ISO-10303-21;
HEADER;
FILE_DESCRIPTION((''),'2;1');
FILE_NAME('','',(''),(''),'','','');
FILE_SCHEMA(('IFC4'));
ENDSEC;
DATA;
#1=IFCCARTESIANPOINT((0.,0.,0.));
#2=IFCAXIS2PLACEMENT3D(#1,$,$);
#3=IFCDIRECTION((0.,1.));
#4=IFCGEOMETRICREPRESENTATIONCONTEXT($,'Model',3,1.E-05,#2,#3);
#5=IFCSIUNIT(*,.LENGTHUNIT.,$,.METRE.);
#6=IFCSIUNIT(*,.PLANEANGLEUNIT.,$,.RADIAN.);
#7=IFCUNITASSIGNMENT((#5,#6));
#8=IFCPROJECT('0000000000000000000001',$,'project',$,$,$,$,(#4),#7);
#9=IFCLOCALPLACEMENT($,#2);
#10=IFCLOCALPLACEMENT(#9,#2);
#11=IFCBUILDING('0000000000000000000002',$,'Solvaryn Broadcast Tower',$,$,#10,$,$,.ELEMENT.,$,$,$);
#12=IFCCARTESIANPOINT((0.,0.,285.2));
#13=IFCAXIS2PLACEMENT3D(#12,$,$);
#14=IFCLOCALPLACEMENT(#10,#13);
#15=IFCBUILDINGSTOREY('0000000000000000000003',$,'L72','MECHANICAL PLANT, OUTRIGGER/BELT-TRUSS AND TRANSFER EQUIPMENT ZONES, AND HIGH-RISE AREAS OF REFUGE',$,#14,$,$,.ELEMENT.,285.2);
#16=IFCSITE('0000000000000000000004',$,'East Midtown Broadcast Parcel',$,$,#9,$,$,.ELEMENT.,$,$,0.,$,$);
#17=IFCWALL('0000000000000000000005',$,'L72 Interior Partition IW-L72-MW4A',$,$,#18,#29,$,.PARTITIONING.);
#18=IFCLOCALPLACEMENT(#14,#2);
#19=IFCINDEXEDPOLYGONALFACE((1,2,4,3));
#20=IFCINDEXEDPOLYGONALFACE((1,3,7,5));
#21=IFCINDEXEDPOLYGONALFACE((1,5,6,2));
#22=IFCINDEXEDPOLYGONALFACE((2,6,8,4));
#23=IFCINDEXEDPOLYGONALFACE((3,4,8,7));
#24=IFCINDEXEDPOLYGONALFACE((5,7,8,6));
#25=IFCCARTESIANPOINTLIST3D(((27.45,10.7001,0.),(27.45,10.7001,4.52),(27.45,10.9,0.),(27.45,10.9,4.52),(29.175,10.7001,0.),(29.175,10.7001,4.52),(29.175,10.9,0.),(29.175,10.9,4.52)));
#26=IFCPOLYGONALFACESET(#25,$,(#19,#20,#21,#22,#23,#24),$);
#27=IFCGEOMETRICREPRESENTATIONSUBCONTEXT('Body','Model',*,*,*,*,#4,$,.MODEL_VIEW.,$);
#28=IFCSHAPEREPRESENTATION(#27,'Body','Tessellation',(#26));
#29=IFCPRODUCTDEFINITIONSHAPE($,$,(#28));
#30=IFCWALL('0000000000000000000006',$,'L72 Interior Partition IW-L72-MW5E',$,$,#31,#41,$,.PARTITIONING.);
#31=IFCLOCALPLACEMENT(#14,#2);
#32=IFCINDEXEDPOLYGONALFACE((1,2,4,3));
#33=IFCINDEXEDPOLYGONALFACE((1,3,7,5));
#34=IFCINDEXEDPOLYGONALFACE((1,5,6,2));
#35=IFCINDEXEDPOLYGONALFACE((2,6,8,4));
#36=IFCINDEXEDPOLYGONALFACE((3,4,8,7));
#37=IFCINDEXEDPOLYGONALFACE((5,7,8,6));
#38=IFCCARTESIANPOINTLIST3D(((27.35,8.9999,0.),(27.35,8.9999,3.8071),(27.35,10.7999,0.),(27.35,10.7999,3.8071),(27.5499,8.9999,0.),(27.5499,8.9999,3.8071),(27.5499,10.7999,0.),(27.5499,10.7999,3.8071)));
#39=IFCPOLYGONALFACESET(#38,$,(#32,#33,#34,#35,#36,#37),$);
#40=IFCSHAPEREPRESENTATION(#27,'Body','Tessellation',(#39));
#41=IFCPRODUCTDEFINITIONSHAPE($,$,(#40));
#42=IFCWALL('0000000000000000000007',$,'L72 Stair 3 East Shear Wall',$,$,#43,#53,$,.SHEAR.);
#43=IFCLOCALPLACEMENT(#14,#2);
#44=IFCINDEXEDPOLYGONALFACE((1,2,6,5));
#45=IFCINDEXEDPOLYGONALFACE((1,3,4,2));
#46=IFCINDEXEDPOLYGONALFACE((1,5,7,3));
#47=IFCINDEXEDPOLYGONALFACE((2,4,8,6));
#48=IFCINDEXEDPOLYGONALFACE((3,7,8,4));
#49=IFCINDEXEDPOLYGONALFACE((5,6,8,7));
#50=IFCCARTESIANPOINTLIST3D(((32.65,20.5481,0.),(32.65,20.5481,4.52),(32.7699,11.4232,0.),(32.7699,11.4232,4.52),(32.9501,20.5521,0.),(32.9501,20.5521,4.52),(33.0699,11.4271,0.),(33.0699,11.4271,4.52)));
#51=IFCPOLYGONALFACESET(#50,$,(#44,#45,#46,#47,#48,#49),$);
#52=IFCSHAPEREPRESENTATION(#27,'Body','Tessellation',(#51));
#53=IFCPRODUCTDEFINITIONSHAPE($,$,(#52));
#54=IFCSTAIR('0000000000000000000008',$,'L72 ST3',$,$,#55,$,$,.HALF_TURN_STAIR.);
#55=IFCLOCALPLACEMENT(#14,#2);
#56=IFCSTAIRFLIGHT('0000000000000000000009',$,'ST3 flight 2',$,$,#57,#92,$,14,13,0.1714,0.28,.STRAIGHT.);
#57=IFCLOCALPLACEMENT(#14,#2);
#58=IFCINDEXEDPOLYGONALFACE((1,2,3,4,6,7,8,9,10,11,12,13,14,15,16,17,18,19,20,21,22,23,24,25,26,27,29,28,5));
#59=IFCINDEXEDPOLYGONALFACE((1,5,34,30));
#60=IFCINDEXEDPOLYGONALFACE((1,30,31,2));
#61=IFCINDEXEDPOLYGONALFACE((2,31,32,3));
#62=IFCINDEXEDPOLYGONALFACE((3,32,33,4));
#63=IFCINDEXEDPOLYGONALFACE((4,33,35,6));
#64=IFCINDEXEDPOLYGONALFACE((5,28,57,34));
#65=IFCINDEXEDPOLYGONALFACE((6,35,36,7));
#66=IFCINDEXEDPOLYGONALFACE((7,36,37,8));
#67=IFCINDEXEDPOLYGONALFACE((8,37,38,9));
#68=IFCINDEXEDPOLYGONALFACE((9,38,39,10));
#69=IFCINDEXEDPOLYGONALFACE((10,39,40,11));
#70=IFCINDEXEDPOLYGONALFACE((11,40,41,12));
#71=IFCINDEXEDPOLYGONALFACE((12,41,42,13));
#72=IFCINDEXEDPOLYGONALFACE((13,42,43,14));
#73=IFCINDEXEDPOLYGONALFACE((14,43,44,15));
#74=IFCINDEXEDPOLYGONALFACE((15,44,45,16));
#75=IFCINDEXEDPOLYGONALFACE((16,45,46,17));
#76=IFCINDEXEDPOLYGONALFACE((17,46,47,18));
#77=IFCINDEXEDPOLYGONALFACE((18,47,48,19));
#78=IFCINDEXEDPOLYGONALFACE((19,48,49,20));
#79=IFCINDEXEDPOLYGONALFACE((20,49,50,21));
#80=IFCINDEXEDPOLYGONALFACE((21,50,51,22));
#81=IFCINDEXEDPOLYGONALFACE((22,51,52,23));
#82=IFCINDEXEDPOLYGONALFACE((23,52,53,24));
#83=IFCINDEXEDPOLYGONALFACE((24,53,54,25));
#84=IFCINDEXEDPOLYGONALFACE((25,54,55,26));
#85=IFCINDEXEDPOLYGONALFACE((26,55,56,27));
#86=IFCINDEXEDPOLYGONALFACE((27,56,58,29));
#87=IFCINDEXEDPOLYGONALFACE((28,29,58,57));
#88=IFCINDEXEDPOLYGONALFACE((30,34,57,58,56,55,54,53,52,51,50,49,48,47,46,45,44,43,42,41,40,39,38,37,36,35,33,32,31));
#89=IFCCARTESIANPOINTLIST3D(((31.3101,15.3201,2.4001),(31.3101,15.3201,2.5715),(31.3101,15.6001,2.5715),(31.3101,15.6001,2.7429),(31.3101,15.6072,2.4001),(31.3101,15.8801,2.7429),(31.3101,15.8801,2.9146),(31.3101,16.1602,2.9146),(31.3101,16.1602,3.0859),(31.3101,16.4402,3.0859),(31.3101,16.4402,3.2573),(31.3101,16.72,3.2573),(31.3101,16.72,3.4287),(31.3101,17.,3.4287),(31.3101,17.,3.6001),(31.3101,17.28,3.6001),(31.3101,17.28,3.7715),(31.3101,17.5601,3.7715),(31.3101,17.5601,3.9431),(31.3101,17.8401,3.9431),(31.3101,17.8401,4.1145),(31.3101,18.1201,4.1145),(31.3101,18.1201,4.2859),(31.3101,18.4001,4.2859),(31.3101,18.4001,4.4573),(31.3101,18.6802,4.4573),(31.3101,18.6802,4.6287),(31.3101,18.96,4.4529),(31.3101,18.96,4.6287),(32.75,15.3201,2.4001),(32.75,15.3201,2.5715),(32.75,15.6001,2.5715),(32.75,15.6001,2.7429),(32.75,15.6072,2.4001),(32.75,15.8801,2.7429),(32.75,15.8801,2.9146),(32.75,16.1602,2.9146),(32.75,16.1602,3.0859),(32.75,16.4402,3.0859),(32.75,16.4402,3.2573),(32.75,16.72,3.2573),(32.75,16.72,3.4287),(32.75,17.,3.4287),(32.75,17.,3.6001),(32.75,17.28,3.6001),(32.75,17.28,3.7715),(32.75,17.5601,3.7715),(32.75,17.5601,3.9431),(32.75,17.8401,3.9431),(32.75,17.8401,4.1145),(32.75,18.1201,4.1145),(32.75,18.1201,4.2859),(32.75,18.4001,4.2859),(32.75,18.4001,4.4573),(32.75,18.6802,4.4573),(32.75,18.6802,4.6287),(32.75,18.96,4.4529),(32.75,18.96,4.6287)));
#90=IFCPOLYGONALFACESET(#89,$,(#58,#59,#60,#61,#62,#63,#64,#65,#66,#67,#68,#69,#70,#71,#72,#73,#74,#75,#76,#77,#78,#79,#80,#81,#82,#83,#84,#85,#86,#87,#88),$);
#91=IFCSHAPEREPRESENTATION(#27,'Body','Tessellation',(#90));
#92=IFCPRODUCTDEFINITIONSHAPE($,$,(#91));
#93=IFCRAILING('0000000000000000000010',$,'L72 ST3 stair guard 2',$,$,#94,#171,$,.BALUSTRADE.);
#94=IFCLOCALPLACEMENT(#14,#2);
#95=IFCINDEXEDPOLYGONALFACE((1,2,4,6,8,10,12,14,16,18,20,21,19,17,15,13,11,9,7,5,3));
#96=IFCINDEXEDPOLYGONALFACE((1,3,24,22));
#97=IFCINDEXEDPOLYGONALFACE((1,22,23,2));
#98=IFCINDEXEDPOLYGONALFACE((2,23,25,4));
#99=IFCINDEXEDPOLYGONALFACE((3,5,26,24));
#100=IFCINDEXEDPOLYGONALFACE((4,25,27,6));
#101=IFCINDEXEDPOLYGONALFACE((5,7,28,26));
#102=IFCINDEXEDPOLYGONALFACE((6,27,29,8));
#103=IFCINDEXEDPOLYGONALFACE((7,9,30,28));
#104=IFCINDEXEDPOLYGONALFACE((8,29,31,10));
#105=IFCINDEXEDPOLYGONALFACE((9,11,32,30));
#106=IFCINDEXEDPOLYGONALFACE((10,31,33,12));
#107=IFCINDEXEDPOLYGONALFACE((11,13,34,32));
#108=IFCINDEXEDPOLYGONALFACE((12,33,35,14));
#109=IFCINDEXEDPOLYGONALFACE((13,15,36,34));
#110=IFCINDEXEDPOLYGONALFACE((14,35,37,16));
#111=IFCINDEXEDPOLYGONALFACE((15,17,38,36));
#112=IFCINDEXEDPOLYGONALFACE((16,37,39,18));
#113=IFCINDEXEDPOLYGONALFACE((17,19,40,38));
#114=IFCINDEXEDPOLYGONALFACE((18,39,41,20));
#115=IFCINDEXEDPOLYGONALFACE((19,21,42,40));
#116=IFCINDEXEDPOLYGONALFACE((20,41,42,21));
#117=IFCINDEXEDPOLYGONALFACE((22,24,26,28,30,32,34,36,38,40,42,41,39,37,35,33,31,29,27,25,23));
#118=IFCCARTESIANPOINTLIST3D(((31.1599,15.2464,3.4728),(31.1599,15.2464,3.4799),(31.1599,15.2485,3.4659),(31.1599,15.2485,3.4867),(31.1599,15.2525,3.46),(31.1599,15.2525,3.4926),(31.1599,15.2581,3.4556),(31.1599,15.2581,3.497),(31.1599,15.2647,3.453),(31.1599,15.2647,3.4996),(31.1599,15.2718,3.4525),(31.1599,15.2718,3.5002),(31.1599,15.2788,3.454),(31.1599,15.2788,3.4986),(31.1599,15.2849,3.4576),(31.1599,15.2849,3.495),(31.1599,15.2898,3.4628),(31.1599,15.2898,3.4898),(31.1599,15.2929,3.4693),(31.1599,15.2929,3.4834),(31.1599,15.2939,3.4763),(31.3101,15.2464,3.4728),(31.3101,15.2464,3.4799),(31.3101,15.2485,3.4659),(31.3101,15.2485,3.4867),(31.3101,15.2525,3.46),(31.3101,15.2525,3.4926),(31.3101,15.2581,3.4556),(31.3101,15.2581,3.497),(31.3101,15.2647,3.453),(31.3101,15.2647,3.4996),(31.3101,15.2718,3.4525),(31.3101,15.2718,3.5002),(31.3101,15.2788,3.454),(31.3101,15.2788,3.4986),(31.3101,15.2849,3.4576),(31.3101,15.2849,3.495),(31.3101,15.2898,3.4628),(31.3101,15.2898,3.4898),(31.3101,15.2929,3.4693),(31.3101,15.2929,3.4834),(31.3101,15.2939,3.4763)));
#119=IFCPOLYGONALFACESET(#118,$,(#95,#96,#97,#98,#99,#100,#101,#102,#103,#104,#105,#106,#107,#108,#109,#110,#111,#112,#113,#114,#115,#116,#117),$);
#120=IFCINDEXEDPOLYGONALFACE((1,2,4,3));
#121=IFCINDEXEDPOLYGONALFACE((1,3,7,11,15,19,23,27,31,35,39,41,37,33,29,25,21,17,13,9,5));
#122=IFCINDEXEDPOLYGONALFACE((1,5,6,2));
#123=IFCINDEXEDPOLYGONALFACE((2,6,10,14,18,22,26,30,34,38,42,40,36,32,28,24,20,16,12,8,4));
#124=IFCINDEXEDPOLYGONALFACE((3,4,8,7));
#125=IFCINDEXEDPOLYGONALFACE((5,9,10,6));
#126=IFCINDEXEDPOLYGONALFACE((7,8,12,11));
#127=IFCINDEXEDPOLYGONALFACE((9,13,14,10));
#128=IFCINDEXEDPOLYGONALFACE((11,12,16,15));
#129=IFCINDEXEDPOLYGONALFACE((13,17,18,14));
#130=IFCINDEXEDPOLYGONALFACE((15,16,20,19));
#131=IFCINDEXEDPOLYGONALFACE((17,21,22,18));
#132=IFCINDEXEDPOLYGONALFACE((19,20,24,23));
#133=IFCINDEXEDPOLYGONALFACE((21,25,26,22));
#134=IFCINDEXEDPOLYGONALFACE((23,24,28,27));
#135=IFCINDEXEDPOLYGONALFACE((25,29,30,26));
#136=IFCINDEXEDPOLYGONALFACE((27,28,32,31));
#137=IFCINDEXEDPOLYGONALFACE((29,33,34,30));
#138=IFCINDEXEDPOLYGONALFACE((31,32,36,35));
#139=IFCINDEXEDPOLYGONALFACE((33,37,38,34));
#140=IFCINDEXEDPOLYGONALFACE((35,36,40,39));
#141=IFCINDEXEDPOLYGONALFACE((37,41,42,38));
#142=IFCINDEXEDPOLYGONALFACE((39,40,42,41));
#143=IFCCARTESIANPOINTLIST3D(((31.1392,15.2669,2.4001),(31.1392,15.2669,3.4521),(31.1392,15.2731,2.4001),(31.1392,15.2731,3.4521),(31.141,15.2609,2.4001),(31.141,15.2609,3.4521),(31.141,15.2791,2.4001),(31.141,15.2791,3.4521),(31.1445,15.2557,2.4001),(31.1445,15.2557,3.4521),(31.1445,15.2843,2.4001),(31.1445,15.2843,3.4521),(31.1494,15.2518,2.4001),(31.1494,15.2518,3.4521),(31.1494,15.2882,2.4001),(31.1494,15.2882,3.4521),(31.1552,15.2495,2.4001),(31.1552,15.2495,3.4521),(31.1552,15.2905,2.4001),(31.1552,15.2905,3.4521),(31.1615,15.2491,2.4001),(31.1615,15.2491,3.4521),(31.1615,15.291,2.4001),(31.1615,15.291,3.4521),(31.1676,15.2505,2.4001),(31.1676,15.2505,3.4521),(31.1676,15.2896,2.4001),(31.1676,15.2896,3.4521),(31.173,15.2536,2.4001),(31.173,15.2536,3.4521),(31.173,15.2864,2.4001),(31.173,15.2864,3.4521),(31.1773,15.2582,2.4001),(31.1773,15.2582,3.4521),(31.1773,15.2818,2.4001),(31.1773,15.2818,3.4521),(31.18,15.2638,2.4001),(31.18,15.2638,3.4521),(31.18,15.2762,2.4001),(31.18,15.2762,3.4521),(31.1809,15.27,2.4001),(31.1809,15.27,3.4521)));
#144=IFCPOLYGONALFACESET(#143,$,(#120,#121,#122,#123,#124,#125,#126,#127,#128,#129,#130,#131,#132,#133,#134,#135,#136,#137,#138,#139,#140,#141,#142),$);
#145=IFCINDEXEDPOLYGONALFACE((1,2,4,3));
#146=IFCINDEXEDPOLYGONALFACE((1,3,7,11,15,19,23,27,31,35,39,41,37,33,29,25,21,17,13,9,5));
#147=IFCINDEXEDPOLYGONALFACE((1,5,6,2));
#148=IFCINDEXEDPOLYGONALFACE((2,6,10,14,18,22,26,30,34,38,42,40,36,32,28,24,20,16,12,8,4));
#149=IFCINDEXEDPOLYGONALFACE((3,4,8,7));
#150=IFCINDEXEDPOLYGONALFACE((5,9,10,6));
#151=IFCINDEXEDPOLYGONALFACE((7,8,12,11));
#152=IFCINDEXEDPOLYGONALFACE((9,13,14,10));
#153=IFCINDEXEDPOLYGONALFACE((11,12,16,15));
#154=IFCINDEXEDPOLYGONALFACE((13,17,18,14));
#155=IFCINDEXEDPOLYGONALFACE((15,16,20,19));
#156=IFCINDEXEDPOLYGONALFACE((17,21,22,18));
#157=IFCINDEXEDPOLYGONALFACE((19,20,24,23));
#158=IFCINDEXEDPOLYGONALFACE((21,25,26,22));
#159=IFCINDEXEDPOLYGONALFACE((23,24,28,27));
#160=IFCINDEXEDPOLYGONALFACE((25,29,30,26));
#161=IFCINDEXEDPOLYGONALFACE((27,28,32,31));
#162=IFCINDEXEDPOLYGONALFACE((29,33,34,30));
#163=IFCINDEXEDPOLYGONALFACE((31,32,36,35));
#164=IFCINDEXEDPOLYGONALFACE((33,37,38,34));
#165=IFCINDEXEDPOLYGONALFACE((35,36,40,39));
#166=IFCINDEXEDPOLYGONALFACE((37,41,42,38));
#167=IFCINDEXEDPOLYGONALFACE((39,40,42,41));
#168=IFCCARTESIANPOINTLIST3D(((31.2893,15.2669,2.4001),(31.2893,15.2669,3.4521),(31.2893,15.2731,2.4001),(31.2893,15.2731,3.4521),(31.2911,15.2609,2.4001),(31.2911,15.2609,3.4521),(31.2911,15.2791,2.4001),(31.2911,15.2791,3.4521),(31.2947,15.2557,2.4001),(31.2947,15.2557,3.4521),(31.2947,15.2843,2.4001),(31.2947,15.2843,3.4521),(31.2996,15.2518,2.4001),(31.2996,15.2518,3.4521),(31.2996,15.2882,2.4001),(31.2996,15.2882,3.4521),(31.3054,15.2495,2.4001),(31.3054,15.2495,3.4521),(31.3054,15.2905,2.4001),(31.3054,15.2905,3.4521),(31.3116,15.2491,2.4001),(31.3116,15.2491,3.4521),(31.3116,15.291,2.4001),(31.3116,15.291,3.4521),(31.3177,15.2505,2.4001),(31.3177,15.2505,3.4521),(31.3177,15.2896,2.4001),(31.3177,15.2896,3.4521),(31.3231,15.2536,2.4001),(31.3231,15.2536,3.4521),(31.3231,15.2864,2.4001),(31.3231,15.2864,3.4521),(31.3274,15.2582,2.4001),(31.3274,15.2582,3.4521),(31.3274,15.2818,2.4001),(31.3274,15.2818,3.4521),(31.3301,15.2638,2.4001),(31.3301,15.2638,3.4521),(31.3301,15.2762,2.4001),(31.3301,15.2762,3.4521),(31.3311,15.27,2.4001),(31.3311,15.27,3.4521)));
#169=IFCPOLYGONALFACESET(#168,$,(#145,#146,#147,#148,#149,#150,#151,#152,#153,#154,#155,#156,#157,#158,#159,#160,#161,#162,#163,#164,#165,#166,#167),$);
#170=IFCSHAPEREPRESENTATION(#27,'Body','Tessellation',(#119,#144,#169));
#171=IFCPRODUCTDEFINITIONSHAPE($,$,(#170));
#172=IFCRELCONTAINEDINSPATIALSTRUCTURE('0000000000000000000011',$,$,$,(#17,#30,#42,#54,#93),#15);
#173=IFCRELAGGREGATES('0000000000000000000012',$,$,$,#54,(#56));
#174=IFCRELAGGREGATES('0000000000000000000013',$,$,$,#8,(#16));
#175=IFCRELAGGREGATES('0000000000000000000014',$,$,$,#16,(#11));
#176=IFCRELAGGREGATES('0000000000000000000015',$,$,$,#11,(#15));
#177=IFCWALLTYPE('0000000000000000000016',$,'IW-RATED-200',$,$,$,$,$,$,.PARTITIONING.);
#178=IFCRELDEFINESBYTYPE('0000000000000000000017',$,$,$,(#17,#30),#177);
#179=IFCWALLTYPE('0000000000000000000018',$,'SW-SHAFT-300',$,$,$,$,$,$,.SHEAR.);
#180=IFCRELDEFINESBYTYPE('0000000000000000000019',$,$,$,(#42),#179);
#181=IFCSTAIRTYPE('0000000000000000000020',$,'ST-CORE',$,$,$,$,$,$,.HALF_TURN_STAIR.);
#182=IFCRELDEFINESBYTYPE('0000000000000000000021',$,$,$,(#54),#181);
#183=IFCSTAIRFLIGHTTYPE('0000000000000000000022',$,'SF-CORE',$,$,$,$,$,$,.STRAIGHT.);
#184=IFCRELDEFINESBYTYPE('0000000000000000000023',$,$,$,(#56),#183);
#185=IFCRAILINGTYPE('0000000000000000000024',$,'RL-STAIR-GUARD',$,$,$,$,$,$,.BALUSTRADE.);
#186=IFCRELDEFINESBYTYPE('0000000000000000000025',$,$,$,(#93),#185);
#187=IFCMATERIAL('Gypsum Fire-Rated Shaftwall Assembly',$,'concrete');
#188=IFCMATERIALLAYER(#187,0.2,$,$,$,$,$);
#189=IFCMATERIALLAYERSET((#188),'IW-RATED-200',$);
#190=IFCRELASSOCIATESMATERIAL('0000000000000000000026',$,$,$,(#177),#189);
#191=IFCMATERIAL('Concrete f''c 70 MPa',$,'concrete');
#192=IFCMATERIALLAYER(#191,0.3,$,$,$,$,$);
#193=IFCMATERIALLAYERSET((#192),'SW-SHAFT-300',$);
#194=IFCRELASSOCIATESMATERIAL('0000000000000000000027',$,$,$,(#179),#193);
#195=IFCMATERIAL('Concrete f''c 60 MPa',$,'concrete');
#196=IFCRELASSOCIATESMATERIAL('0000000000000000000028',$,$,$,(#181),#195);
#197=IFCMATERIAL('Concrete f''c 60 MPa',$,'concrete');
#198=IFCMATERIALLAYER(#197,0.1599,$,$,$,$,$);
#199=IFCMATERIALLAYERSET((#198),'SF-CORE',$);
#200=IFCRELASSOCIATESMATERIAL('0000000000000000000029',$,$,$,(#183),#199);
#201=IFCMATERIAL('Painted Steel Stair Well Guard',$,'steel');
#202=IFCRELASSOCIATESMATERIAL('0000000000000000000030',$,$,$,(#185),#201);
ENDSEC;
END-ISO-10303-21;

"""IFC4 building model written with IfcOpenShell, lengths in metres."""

from ifc_helpers import new_model, si_unit, direction, frame, frame_2d, origin, origin_2d, place, context, subcontext, project, spatial, polyline, rectangle, circle, outline, extrude, material, layer, layer_set, type_object, element, aggregate, save


model = new_model("IFC4")

# Units and contexts
model_context = context("Model", 3, precision=1e-05, world=origin(), true_north=direction((0.0, 1.0)))
body_context = subcontext(model_context, "Body", "Model", "MODEL_VIEW")
ifc_project = project(units=[si_unit("LENGTHUNIT", "METRE"), si_unit("PLANEANGLEUNIT", "RADIAN")], contexts=[model_context])

# Site, building, storey
site_placement = place(None, origin())
site = spatial("IfcSite", under=ifc_project, at=site_placement, Name="East Midtown Broadcast Parcel", CompositionType="ELEMENT", RefElevation=0.0)
building_placement = place(site_placement, origin())
building = spatial("IfcBuilding", under=site, at=building_placement, Name="Solvaryn Broadcast Tower", CompositionType="ELEMENT")
storey_placement = place(building_placement, frame((0.0, 0.0, 285.2)))
storey = spatial("IfcBuildingStorey", under=building, at=storey_placement, Name="L72", Description="MECHANICAL PLANT, OUTRIGGER/BELT-TRUSS AND TRANSFER EQUIPMENT ZONES, AND HIGH-RISE AREAS OF REFUGE", CompositionType="ELEMENT", Elevation=285.2)

# Walls
ifc_material_1 = material(Name="Gypsum Fire-Rated Shaftwall Assembly", Category="concrete")
ifc_layer_1 = layer(ifc_material_1, 0.2)
ifc_layer_set_1 = layer_set([ifc_layer_1], Name="IW-RATED-200")
wall_type_1 = type_object("IfcWallType", Name="IW-RATED-200", PredefinedType="PARTITIONING", material=ifc_layer_set_1)
wall_1_placement = place(storey_placement, frame((27.45, 10.8, 0.0), z_axis=(0.0, 0.0, 1.0), x_axis=(1.0, 0.0, 0.0)))
element("IfcWall", 1, at=wall_1_placement, inside=storey, type_object=wall_type_1, Name="L72 Interior Partition IW-L72-MW4A", PredefinedType="PARTITIONING", context=body_context, shape_type="SweptSolid", body=[
    extrude(rectangle(XDim=1.7251, YDim=0.2, at=frame_2d((0.8625, 0.0))), origin(), (0.0, 0.0, 1.0), 4.52),
])
wall_2_placement = place(storey_placement, frame((27.45, 9.0, 0.0), z_axis=(0.0, 0.0, 1.0), x_axis=(0.0, 1.0, 0.0)))
element("IfcWall", 2, at=wall_2_placement, inside=storey, type_object=wall_type_1, Name="L72 Interior Partition IW-L72-MW5E", PredefinedType="PARTITIONING", context=body_context, shape_type="SweptSolid", body=[
    extrude(rectangle(XDim=1.8, YDim=0.2, at=frame_2d((0.8999, 0.0))), origin(), (0.0, 0.0, 1.0), 3.8071),
])
ifc_material_2 = material(Name="Concrete f'c 70 MPa", Category="concrete")
ifc_layer_2 = layer(ifc_material_2, 0.3)
ifc_layer_set_2 = layer_set([ifc_layer_2], Name="SW-SHAFT-300")
wall_type_2 = type_object("IfcWallType", Name="SW-SHAFT-300", PredefinedType="SHEAR", material=ifc_layer_set_2)
wall_3_placement = place(storey_placement, frame((32.9199, 11.425, 0.0), z_axis=(0.0, 0.0, 1.0), x_axis=(-0.013136, 0.999914, 0.0)))
element("IfcWall", 3, at=wall_3_placement, inside=storey, type_object=wall_type_2, Name="L72 Stair 3 East Shear Wall", PredefinedType="SHEAR", context=body_context, shape_type="SweptSolid", body=[
    extrude(rectangle(XDim=9.1257, YDim=0.3, at=frame_2d((4.563, 0.0))), origin(), (0.0, 0.0, 1.0), 4.52),
])

# Stair, stair flight
ifc_material_3 = material(Name="Concrete f'c 60 MPa", Category="concrete")
stair_type = type_object("IfcStairType", Name="ST-CORE", PredefinedType="HALF_TURN_STAIR", material=ifc_material_3)
stair_placement = place(storey_placement, origin())
stair = element("IfcStair", 4, at=stair_placement, inside=storey, type_object=stair_type, Name="L72 ST3", PredefinedType="HALF_TURN_STAIR")
ifc_material_4 = material(Name="Concrete f'c 60 MPa", Category="concrete")
ifc_layer_3 = layer(ifc_material_4, 0.1599)
ifc_layer_set_3 = layer_set([ifc_layer_3], Name="SF-CORE")
stair_flight_type = type_object("IfcStairFlightType", Name="SF-CORE", PredefinedType="STRAIGHT", material=ifc_layer_set_3)
stair_flight_placement = place(storey_placement, frame((32.03, 15.3201, 2.4001), z_axis=(0.0, 0.0, 1.0), x_axis=(0.0, 1.0, 0.0)))
stair_flight = element("IfcStairFlight", 5, at=stair_flight_placement, type_object=stair_flight_type, Name="ST3 flight 2", NumberOfRisers=14, NumberOfTreads=13, PredefinedType="STRAIGHT", RiserHeight=0.1714, TreadLength=0.28, context=body_context, shape_type="SweptSolid", body=[
    extrude(outline(polyline([(0.0, 0.0), (0.0, 0.1714), (0.28, 0.1714), (0.28, 0.3428), (0.5601, 0.3428), (0.5601, 0.5144), (0.8401, 0.5144), (0.8401, 0.6858), (1.1201, 0.6858), (1.1201, 0.8572), (1.3999, 0.8572), (1.3999, 1.0286), (1.6799, 1.0286), (1.6799, 1.2), (1.96, 1.2), (1.96, 1.3713), (2.24, 1.3713), (2.24, 1.543), (2.52, 1.543), (2.52, 1.7144), (2.8, 1.7144), (2.8, 1.8857), (3.0801, 1.8857), (3.0801, 2.0571), (3.3601, 2.0571), (3.3601, 2.2285), (3.6399, 2.2285), (3.6399, 2.3999), (3.6399, 2.0527), (0.2871, 0.0), (0.0, 0.0)])), frame((0.0, 0.72, 0.0), z_axis=(0.0, -1.0, 0.0), x_axis=(1.0, 0.0, 0.0)), (0.0, 0.0, 1.0), 1.4399),
])
aggregate(stair, [stair_flight])

# Railing
ifc_material_5 = material(Name="Painted Steel Stair Well Guard", Category="steel")
railing_type_1 = type_object("IfcRailingType", Name="RL-STAIR-GUARD", PredefinedType="BALUSTRADE", material=ifc_material_5)
railing_1_placement = place(storey_placement, frame((31.1599, 15.27, 2.4001)))
element("IfcRailing", 6, at=railing_1_placement, inside=storey, type_object=railing_type_1, Name="L72 ST3 stair guard 2", PredefinedType="BALUSTRADE", context=body_context, shape_type="SweptSolid", body=[
    extrude(circle(Radius=0.0239, at=origin_2d()), frame((0.0, 0.0, 1.0762), z_axis=(1.0, 0.0, 0.0), x_axis=(0.0, 1.0, 0.0)), (0.0, 0.0, 1.0), 0.1501),
    extrude(circle(Radius=0.021, at=origin_2d()), origin(), (0.0, 0.0, 1.0), 1.052),
    extrude(circle(Radius=0.021, at=origin_2d()), frame((0.1501, 0.0, 0.0)), (0.0, 0.0, 1.0), 1.052),
])

save(model, "model.ifc")
